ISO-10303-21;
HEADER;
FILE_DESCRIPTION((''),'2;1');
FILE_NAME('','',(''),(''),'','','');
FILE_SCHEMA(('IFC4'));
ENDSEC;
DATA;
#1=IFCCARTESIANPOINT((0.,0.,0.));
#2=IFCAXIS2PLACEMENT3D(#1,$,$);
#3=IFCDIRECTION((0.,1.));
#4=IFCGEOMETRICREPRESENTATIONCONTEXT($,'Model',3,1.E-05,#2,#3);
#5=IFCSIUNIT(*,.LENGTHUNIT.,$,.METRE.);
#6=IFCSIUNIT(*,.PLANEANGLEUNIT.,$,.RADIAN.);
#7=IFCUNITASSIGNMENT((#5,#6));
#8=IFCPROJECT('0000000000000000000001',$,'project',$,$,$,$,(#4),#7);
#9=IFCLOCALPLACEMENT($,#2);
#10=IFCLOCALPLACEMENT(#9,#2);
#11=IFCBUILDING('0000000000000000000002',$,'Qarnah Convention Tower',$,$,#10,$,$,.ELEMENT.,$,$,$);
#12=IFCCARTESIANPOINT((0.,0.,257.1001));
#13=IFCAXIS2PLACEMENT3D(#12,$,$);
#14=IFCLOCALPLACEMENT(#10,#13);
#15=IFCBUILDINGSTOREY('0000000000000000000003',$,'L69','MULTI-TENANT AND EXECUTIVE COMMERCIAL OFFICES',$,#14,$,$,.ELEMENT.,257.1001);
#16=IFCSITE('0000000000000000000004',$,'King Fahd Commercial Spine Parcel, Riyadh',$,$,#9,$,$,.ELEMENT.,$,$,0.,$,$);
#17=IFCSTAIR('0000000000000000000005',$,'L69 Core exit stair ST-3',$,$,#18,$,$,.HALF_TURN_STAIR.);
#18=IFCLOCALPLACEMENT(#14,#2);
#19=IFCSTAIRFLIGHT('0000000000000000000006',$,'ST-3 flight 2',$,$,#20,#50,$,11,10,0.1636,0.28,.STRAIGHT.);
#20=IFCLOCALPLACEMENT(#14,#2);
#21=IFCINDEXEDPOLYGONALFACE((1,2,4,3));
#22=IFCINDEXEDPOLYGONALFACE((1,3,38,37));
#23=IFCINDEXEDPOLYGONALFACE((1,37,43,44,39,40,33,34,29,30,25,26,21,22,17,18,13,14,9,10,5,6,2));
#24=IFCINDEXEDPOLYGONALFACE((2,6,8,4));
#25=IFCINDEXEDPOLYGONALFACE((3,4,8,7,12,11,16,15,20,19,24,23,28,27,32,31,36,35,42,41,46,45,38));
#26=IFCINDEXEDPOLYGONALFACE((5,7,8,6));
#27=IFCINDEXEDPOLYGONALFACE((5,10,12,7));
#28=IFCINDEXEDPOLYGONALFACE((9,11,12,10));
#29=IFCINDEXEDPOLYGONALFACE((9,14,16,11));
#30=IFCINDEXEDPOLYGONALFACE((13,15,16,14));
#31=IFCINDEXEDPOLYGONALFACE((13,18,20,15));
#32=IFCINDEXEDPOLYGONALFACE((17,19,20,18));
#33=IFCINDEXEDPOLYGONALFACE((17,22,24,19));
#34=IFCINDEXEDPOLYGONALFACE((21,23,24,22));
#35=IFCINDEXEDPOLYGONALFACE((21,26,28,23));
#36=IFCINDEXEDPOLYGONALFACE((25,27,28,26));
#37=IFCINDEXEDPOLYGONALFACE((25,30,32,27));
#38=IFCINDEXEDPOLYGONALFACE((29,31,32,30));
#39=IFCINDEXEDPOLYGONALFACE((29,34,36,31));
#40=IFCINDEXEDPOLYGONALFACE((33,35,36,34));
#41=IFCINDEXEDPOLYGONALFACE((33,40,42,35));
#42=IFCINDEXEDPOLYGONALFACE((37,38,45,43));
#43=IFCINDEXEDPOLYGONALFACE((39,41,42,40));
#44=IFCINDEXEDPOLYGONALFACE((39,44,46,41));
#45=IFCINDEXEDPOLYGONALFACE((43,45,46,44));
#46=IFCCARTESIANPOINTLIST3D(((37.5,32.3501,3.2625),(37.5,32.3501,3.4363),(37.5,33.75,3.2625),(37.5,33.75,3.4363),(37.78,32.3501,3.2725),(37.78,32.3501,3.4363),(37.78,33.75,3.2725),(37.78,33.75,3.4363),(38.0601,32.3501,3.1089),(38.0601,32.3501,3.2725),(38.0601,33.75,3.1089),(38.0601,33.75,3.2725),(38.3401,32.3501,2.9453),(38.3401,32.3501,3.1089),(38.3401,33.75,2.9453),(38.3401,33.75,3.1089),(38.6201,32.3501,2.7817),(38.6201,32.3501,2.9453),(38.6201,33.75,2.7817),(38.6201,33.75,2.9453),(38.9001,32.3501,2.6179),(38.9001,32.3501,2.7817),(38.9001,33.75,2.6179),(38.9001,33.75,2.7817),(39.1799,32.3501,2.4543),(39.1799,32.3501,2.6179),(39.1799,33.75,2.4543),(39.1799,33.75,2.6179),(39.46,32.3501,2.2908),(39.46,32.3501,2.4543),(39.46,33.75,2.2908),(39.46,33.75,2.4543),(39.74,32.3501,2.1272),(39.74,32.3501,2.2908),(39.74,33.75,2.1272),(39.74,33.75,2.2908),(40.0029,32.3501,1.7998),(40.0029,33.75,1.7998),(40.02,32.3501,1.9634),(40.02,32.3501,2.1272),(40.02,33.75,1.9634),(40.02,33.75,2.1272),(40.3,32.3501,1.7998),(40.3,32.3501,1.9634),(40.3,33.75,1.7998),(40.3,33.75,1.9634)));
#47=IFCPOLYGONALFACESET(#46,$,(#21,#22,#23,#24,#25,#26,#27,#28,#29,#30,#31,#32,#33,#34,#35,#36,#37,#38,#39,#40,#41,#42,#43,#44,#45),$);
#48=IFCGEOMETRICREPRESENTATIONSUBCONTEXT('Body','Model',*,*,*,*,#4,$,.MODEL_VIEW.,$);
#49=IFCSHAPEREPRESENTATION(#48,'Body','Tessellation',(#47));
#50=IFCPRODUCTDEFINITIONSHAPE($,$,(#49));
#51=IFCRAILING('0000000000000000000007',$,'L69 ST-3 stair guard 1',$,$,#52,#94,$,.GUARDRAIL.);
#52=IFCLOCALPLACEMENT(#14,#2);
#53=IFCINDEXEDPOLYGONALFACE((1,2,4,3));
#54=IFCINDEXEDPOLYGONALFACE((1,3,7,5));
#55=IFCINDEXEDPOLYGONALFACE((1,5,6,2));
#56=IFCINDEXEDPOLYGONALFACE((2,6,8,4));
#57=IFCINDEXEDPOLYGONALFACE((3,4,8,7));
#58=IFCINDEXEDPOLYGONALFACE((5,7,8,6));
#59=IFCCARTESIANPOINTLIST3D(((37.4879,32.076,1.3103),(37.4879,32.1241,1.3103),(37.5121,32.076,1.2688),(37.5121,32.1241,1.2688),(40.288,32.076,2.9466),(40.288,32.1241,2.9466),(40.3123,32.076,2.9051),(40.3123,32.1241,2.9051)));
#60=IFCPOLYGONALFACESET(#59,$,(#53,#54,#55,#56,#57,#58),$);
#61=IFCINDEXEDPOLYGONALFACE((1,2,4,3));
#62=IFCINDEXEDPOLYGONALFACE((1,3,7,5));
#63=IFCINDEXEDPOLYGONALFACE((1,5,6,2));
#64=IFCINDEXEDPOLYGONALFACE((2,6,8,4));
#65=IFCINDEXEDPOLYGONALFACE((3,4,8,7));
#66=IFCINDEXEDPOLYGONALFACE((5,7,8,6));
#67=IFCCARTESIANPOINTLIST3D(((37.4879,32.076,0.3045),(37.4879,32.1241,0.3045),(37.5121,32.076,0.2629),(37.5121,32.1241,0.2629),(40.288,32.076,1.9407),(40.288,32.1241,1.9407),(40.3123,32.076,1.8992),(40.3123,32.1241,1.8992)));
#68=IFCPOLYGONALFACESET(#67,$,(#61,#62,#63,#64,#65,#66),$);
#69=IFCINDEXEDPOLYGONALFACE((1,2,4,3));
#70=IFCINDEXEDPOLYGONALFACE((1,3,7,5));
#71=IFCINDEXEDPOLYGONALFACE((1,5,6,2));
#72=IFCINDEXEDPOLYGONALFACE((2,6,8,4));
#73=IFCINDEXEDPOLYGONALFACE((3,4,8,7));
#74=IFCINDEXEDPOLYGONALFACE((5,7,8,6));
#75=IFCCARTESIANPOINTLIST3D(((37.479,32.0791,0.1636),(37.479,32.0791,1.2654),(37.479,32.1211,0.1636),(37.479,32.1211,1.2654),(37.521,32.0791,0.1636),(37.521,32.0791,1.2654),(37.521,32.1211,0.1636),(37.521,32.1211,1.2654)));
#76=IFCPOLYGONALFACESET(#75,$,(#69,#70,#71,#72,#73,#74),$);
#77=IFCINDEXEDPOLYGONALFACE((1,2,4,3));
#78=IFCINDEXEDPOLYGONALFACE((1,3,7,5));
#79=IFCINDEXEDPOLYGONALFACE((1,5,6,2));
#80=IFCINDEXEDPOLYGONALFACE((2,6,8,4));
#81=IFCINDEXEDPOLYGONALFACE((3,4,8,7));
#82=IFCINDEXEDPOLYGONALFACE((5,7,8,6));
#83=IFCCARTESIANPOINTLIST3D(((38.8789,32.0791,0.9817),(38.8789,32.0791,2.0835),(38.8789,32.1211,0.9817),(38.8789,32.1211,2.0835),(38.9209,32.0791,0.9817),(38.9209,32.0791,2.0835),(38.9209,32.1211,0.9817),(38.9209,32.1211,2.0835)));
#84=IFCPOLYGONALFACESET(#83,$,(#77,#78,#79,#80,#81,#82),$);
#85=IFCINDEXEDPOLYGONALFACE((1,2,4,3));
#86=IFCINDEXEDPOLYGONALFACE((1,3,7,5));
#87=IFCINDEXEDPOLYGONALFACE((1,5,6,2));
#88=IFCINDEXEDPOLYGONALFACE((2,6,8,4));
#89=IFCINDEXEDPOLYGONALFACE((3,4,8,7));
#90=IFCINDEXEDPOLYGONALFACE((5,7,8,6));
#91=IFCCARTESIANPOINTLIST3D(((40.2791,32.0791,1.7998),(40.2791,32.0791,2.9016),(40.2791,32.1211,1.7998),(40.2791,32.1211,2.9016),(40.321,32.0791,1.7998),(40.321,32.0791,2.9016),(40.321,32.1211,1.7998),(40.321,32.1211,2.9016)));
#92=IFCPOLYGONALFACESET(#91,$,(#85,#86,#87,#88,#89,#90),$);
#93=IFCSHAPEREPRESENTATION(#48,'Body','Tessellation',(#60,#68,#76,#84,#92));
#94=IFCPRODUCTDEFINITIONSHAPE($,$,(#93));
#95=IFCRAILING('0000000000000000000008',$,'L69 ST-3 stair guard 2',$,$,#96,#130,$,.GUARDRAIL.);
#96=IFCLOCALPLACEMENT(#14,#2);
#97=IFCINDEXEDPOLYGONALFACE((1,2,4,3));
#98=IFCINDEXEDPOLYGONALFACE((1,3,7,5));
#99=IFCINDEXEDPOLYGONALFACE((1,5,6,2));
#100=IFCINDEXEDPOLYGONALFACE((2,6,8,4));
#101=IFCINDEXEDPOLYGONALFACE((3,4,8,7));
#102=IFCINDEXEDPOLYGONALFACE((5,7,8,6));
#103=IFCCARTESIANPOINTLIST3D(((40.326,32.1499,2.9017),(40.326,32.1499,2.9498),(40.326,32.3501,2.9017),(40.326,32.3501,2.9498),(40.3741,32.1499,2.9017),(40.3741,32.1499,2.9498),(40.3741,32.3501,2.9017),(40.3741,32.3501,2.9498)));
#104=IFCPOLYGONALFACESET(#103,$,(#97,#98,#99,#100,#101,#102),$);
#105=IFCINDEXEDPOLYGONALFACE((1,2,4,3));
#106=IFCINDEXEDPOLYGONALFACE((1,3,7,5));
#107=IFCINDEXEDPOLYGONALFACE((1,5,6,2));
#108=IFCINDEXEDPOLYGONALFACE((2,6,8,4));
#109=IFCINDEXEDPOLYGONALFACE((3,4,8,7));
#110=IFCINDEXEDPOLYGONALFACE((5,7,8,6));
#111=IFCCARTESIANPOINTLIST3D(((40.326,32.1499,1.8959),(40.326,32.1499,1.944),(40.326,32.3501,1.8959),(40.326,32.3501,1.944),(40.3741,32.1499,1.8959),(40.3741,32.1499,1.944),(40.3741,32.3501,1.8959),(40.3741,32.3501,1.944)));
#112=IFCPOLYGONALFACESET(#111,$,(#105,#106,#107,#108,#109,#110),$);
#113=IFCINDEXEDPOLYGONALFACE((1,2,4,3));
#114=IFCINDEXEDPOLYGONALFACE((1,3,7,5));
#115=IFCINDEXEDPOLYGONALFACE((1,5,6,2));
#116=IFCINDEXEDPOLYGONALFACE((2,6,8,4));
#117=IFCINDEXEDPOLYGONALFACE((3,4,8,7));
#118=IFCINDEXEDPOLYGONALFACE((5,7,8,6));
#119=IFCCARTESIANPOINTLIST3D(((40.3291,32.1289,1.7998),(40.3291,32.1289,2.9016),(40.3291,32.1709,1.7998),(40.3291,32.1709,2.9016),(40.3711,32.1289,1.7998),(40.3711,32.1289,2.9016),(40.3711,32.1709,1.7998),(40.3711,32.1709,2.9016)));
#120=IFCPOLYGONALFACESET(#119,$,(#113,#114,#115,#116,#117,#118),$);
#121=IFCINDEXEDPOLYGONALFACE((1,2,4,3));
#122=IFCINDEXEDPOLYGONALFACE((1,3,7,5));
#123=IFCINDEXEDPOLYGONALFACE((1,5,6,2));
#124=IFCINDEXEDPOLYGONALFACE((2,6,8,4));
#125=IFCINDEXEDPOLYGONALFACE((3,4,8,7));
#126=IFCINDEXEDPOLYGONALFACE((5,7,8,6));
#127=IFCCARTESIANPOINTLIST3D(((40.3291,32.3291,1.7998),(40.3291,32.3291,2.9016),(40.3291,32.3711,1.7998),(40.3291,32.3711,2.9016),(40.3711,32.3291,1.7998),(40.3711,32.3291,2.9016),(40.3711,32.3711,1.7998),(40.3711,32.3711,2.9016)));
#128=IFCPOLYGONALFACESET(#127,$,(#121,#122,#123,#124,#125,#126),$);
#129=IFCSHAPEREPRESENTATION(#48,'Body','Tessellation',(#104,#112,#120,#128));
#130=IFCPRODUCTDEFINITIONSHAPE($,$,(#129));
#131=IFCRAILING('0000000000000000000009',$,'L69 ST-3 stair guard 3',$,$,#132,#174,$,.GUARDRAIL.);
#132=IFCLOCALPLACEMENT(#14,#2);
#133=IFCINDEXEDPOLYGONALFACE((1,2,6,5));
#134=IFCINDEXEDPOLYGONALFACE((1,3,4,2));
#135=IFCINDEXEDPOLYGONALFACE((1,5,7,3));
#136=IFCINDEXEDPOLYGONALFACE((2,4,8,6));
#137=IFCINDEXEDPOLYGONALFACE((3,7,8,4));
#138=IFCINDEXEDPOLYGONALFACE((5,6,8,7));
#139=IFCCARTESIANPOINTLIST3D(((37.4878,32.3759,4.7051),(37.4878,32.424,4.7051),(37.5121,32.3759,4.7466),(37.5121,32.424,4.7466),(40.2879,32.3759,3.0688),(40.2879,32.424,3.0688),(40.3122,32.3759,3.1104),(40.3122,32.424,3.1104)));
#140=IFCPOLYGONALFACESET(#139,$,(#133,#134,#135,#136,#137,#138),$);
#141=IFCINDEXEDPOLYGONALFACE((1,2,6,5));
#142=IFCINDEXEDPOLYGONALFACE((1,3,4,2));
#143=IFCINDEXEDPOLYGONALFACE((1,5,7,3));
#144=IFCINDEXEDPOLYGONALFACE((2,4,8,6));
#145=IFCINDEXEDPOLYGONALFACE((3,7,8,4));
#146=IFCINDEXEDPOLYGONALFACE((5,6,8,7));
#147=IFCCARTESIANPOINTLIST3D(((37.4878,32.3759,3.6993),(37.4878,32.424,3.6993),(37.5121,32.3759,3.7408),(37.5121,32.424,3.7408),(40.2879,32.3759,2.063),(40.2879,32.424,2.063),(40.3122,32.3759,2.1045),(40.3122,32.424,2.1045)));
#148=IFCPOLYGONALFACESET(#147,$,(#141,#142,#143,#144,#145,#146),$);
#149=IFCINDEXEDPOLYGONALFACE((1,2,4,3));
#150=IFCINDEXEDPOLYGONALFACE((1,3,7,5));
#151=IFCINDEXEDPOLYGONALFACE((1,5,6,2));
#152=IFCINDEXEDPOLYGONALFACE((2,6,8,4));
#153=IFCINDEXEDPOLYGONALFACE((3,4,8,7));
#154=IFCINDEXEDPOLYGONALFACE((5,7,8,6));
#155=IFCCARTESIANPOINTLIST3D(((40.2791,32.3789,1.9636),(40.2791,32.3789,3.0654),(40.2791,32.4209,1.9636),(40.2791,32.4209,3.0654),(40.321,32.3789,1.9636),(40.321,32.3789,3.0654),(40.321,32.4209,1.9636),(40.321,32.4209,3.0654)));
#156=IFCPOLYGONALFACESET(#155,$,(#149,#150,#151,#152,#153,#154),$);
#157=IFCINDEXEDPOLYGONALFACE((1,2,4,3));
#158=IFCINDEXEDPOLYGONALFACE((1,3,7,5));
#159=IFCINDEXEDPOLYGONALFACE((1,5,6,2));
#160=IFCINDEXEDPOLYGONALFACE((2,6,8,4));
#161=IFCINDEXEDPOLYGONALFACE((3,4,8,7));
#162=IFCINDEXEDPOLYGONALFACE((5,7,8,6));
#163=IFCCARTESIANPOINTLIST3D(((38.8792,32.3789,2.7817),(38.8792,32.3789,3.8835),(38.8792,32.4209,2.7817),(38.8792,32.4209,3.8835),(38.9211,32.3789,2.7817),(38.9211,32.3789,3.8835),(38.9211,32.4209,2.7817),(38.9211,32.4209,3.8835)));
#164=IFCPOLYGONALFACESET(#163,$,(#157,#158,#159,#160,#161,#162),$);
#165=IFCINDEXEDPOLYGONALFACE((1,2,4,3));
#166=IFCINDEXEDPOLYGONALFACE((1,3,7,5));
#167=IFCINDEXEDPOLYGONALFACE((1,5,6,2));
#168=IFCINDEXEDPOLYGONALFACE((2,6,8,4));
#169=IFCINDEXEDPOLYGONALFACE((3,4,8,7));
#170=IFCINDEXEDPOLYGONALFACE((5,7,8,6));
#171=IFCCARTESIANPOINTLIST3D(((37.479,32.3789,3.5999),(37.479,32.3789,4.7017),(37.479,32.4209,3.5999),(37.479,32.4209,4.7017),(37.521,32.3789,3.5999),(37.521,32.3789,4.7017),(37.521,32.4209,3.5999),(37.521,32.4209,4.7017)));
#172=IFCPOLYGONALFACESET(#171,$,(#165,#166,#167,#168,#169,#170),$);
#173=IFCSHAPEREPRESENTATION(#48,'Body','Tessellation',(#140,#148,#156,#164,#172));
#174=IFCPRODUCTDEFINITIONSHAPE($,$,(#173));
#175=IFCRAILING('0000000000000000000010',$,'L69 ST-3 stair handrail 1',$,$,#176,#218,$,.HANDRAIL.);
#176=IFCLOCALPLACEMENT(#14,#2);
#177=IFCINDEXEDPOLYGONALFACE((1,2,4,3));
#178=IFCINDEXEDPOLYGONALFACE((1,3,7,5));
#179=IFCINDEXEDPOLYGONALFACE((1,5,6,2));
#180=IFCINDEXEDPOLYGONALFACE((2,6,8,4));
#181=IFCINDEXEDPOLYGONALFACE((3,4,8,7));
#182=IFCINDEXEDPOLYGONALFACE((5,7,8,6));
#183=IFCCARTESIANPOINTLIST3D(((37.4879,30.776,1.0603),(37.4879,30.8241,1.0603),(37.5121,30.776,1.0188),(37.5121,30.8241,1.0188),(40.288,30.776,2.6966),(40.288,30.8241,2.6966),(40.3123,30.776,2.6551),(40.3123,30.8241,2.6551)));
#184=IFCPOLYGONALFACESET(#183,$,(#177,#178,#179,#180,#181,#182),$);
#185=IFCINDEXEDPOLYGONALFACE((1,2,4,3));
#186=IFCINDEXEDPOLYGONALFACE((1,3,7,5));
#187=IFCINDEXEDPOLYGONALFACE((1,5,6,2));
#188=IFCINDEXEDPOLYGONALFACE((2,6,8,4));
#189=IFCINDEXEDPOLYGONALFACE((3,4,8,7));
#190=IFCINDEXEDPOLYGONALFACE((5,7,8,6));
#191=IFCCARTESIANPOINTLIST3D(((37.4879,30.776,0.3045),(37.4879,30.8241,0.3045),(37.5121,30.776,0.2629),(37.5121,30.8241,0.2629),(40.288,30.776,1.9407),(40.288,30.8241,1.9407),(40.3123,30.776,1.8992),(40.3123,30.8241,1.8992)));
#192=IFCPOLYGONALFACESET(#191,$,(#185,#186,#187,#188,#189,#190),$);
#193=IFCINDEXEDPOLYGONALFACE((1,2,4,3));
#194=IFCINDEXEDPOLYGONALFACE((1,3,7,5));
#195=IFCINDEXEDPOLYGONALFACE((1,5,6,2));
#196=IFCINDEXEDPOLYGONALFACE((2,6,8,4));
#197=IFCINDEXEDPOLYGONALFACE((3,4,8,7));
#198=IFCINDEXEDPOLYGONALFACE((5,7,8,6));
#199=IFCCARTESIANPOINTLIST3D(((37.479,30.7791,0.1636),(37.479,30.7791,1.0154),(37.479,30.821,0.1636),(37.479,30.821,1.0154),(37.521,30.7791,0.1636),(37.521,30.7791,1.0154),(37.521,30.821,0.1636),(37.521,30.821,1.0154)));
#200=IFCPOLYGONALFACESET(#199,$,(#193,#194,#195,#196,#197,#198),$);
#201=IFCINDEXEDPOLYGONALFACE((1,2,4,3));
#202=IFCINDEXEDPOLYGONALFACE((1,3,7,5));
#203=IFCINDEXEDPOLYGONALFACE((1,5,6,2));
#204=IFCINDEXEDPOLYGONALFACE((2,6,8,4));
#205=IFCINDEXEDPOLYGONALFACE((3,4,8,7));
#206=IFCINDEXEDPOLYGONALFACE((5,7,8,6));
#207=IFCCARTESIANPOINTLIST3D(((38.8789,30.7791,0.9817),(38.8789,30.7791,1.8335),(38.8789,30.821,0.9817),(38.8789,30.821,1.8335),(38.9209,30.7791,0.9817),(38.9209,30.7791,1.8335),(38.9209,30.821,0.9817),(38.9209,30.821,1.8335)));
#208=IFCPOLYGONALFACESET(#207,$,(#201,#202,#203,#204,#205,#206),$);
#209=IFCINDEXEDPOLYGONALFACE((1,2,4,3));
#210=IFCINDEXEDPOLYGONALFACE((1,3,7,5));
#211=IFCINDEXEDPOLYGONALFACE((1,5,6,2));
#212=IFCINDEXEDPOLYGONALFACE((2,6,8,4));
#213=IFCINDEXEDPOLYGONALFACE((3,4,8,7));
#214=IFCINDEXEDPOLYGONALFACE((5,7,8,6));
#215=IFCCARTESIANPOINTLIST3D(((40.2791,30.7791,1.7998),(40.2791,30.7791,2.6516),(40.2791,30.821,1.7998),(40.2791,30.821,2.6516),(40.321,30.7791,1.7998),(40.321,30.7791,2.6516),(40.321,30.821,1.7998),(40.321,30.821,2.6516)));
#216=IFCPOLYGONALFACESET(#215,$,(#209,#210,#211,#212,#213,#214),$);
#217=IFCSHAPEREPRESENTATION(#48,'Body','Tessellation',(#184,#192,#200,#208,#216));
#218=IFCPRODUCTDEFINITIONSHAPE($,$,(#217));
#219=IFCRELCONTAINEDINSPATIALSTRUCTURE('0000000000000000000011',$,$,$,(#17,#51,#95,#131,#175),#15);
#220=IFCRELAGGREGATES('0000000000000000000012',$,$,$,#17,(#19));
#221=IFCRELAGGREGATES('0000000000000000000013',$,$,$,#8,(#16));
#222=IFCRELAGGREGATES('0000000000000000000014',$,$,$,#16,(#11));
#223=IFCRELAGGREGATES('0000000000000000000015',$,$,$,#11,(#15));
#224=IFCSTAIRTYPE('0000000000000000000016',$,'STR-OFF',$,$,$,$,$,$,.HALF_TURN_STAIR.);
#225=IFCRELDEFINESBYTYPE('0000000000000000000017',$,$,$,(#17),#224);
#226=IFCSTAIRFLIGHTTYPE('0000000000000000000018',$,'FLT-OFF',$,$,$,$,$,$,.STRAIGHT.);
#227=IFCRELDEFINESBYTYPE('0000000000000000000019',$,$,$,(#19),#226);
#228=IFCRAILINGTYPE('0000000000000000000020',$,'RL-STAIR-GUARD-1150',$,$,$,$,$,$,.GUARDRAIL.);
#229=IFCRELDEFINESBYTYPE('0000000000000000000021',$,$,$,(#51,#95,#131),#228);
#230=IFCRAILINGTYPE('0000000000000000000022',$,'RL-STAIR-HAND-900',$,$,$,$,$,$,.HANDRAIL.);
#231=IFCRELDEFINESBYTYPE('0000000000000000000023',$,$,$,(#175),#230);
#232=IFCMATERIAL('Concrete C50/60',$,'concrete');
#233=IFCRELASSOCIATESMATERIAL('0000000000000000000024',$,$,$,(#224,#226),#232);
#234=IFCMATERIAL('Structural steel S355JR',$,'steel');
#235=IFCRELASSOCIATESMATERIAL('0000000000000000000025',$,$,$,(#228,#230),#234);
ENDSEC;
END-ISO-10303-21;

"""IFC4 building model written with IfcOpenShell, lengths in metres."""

from ifc_helpers import new_model, si_unit, direction, frame, origin, origin_2d, place, context, subcontext, project, spatial, polyline, rectangle, outline, extrude, material, type_object, element, aggregate, save


model = new_model("IFC4")

# Units and contexts
model_context = context("Model", 3, precision=1e-05, world=origin(), true_north=direction((0.0, 1.0)))
body_context = subcontext(model_context, "Body", "Model", "MODEL_VIEW")
ifc_project = project(units=[si_unit("LENGTHUNIT", "METRE"), si_unit("PLANEANGLEUNIT", "RADIAN")], contexts=[model_context])

# Site, building, storey
site_placement = place(None, origin())
site = spatial("IfcSite", under=ifc_project, at=site_placement, Name="King Fahd Commercial Spine Parcel, Riyadh", CompositionType="ELEMENT", RefElevation=0.0)
building_placement = place(site_placement, origin())
building = spatial("IfcBuilding", under=site, at=building_placement, Name="Qarnah Convention Tower", CompositionType="ELEMENT")
storey_placement = place(building_placement, frame((0.0, 0.0, 257.1001)))
storey = spatial("IfcBuildingStorey", under=building, at=storey_placement, Name="L69", Description="MULTI-TENANT AND EXECUTIVE COMMERCIAL OFFICES", CompositionType="ELEMENT", Elevation=257.1001)

# Shared definitions
ifc_material_1 = material(Name="Concrete C50/60", Category="concrete")

# Shared definitions
ifc_material_2 = material(Name="Structural steel S355JR", Category="steel")

# Stair, stair flight
stair_type = type_object("IfcStairType", Name="STR-OFF", PredefinedType="HALF_TURN_STAIR", material=ifc_material_1)
stair_placement = place(storey_placement, origin())
stair = element("IfcStair", 1, at=stair_placement, inside=storey, type_object=stair_type, Name="L69 Core exit stair ST-3", PredefinedType="HALF_TURN_STAIR")
stair_flight_type = type_object("IfcStairFlightType", Name="FLT-OFF", PredefinedType="STRAIGHT", material=ifc_material_1)
stair_flight_placement = place(storey_placement, frame((40.3, 33.05, 1.7998), z_axis=(0.0, 0.0, 1.0), x_axis=(-1.0, 0.0, 0.0)))
stair_flight = element("IfcStairFlight", 2, at=stair_flight_placement, type_object=stair_flight_type, Name="ST-3 flight 2", NumberOfRisers=11, NumberOfTreads=10, PredefinedType="STRAIGHT", RiserHeight=0.1636, TreadLength=0.28, context=body_context, shape_type="SweptSolid", body=[
    extrude(outline(polyline([(0.0, 0.0), (0.0, 0.1636), (0.28, 0.1636), (0.28, 0.3274), (0.5601, 0.3274), (0.5601, 0.491), (0.8401, 0.491), (0.8401, 0.6545), (1.1201, 0.6545), (1.1201, 0.8181), (1.3999, 0.8181), (1.3999, 0.9819), (1.6799, 0.9819), (1.6799, 1.1455), (1.96, 1.1455), (1.96, 1.3091), (2.24, 1.3091), (2.24, 1.4727), (2.52, 1.4727), (2.52, 1.6365), (2.8, 1.6365), (2.8, 1.8), (2.8, 1.4626), (0.2971, 0.0), (0.0, 0.0)])), frame((0.0, 0.7, 0.0), z_axis=(0.0, -1.0, 0.0), x_axis=(1.0, 0.0, 0.0)), (0.0, 0.0, 1.0), 1.3999),
])
aggregate(stair, [stair_flight])

# Railings
railing_type_1 = type_object("IfcRailingType", Name="RL-STAIR-GUARD-1150", PredefinedType="GUARDRAIL", material=ifc_material_2)
railing_1_placement = place(storey_placement, frame((37.5, 32.1001, 0.1636)))
element("IfcRailing", 3, at=railing_1_placement, inside=storey, type_object=railing_type_1, Name="L69 ST-3 stair guard 1", PredefinedType="GUARDRAIL", context=body_context, shape_type="SweptSolid", body=[
    extrude(rectangle(XDim=0.0481, YDim=0.0481, at=origin_2d()), frame((0.0, 0.0, 1.126), z_axis=(0.863394, 0.0, 0.504531), x_axis=(0.0, 1.0, 0.0)), (0.0, 0.0, 1.0), 3.2432),
    extrude(rectangle(XDim=0.0481, YDim=0.0481, at=origin_2d()), frame((0.0, 0.0, 0.1201), z_axis=(0.863394, 0.0, 0.504531), x_axis=(0.0, 1.0, 0.0)), (0.0, 0.0, 1.0), 3.2432),
    extrude(rectangle(XDim=0.042, YDim=0.042, at=origin_2d()), origin(), (0.0, 0.0, 1.0), 1.1018),
    extrude(rectangle(XDim=0.042, YDim=0.042, at=origin_2d()), frame((1.3999, 0.0, 0.8181)), (0.0, 0.0, 1.0), 1.1018),
    extrude(rectangle(XDim=0.042, YDim=0.042, at=origin_2d()), frame((2.8, 0.0, 1.6362)), (0.0, 0.0, 1.0), 1.1018),
])
railing_2_placement = place(storey_placement, frame((40.3501, 32.1499, 1.7998)))
element("IfcRailing", 4, at=railing_2_placement, inside=storey, type_object=railing_type_1, Name="L69 ST-3 stair guard 2", PredefinedType="GUARDRAIL", context=body_context, shape_type="SweptSolid", body=[
    extrude(rectangle(XDim=0.0481, YDim=0.0481, at=origin_2d()), frame((0.0, 0.0, 1.126), z_axis=(0.0, 1.0, 0.0), x_axis=(-1.0, 0.0, 0.0)), (0.0, 0.0, 1.0), 0.2002),
    extrude(rectangle(XDim=0.0481, YDim=0.0481, at=origin_2d()), frame((0.0, 0.0, 0.1201), z_axis=(0.0, 1.0, 0.0), x_axis=(-1.0, 0.0, 0.0)), (0.0, 0.0, 1.0), 0.2002),
    extrude(rectangle(XDim=0.042, YDim=0.042, at=origin_2d()), origin(), (0.0, 0.0, 1.0), 1.1018),
    extrude(rectangle(XDim=0.042, YDim=0.042, at=origin_2d()), frame((0.0, 0.2002, 0.0)), (0.0, 0.0, 1.0), 1.1018),
])
railing_3_placement = place(storey_placement, frame((40.3, 32.3999, 1.9636)))
element("IfcRailing", 5, at=railing_3_placement, inside=storey, type_object=railing_type_1, Name="L69 ST-3 stair guard 3", PredefinedType="GUARDRAIL", context=body_context, shape_type="SweptSolid", body=[
    extrude(rectangle(XDim=0.0481, YDim=0.0481, at=origin_2d()), frame((0.0, 0.0, 1.126), z_axis=(-0.863394, 0.0, 0.504531), x_axis=(0.0, -1.0, 0.0)), (0.0, 0.0, 1.0), 3.2432),
    extrude(rectangle(XDim=0.0481, YDim=0.0481, at=origin_2d()), frame((0.0, 0.0, 0.1201), z_axis=(-0.863394, 0.0, 0.504531), x_axis=(0.0, -1.0, 0.0)), (0.0, 0.0, 1.0), 3.2432),
    extrude(rectangle(XDim=0.042, YDim=0.042, at=origin_2d()), origin(), (0.0, 0.0, 1.0), 1.1018),
    extrude(rectangle(XDim=0.042, YDim=0.042, at=origin_2d()), frame((-1.3999, 0.0, 0.8181)), (0.0, 0.0, 1.0), 1.1018),
    extrude(rectangle(XDim=0.042, YDim=0.042, at=origin_2d()), frame((-2.8, 0.0, 1.6362)), (0.0, 0.0, 1.0), 1.1018),
])
railing_type_2 = type_object("IfcRailingType", Name="RL-STAIR-HAND-900", PredefinedType="HANDRAIL", material=ifc_material_2)
railing_4_placement = place(storey_placement, frame((37.5, 30.8, 0.1636)))
element("IfcRailing", 6, at=railing_4_placement, inside=storey, type_object=railing_type_2, Name="L69 ST-3 stair handrail 1", PredefinedType="HANDRAIL", context=body_context, shape_type="SweptSolid", body=[
    extrude(rectangle(XDim=0.0481, YDim=0.0481, at=origin_2d()), frame((0.0, 0.0, 0.876), z_axis=(0.863394, 0.0, 0.504531), x_axis=(0.0, 1.0, 0.0)), (0.0, 0.0, 1.0), 3.2432),
    extrude(rectangle(XDim=0.0481, YDim=0.0481, at=origin_2d()), frame((0.0, 0.0, 0.1201), z_axis=(0.863394, 0.0, 0.504531), x_axis=(0.0, 1.0, 0.0)), (0.0, 0.0, 1.0), 3.2432),
    extrude(rectangle(XDim=0.042, YDim=0.042, at=origin_2d()), origin(), (0.0, 0.0, 1.0), 0.8518),
    extrude(rectangle(XDim=0.042, YDim=0.042, at=origin_2d()), frame((1.3999, 0.0, 0.8181)), (0.0, 0.0, 1.0), 0.8518),
    extrude(rectangle(XDim=0.042, YDim=0.042, at=origin_2d()), frame((2.8, 0.0, 1.6362)), (0.0, 0.0, 1.0), 0.8518),
])

save(model, "model.ifc")
